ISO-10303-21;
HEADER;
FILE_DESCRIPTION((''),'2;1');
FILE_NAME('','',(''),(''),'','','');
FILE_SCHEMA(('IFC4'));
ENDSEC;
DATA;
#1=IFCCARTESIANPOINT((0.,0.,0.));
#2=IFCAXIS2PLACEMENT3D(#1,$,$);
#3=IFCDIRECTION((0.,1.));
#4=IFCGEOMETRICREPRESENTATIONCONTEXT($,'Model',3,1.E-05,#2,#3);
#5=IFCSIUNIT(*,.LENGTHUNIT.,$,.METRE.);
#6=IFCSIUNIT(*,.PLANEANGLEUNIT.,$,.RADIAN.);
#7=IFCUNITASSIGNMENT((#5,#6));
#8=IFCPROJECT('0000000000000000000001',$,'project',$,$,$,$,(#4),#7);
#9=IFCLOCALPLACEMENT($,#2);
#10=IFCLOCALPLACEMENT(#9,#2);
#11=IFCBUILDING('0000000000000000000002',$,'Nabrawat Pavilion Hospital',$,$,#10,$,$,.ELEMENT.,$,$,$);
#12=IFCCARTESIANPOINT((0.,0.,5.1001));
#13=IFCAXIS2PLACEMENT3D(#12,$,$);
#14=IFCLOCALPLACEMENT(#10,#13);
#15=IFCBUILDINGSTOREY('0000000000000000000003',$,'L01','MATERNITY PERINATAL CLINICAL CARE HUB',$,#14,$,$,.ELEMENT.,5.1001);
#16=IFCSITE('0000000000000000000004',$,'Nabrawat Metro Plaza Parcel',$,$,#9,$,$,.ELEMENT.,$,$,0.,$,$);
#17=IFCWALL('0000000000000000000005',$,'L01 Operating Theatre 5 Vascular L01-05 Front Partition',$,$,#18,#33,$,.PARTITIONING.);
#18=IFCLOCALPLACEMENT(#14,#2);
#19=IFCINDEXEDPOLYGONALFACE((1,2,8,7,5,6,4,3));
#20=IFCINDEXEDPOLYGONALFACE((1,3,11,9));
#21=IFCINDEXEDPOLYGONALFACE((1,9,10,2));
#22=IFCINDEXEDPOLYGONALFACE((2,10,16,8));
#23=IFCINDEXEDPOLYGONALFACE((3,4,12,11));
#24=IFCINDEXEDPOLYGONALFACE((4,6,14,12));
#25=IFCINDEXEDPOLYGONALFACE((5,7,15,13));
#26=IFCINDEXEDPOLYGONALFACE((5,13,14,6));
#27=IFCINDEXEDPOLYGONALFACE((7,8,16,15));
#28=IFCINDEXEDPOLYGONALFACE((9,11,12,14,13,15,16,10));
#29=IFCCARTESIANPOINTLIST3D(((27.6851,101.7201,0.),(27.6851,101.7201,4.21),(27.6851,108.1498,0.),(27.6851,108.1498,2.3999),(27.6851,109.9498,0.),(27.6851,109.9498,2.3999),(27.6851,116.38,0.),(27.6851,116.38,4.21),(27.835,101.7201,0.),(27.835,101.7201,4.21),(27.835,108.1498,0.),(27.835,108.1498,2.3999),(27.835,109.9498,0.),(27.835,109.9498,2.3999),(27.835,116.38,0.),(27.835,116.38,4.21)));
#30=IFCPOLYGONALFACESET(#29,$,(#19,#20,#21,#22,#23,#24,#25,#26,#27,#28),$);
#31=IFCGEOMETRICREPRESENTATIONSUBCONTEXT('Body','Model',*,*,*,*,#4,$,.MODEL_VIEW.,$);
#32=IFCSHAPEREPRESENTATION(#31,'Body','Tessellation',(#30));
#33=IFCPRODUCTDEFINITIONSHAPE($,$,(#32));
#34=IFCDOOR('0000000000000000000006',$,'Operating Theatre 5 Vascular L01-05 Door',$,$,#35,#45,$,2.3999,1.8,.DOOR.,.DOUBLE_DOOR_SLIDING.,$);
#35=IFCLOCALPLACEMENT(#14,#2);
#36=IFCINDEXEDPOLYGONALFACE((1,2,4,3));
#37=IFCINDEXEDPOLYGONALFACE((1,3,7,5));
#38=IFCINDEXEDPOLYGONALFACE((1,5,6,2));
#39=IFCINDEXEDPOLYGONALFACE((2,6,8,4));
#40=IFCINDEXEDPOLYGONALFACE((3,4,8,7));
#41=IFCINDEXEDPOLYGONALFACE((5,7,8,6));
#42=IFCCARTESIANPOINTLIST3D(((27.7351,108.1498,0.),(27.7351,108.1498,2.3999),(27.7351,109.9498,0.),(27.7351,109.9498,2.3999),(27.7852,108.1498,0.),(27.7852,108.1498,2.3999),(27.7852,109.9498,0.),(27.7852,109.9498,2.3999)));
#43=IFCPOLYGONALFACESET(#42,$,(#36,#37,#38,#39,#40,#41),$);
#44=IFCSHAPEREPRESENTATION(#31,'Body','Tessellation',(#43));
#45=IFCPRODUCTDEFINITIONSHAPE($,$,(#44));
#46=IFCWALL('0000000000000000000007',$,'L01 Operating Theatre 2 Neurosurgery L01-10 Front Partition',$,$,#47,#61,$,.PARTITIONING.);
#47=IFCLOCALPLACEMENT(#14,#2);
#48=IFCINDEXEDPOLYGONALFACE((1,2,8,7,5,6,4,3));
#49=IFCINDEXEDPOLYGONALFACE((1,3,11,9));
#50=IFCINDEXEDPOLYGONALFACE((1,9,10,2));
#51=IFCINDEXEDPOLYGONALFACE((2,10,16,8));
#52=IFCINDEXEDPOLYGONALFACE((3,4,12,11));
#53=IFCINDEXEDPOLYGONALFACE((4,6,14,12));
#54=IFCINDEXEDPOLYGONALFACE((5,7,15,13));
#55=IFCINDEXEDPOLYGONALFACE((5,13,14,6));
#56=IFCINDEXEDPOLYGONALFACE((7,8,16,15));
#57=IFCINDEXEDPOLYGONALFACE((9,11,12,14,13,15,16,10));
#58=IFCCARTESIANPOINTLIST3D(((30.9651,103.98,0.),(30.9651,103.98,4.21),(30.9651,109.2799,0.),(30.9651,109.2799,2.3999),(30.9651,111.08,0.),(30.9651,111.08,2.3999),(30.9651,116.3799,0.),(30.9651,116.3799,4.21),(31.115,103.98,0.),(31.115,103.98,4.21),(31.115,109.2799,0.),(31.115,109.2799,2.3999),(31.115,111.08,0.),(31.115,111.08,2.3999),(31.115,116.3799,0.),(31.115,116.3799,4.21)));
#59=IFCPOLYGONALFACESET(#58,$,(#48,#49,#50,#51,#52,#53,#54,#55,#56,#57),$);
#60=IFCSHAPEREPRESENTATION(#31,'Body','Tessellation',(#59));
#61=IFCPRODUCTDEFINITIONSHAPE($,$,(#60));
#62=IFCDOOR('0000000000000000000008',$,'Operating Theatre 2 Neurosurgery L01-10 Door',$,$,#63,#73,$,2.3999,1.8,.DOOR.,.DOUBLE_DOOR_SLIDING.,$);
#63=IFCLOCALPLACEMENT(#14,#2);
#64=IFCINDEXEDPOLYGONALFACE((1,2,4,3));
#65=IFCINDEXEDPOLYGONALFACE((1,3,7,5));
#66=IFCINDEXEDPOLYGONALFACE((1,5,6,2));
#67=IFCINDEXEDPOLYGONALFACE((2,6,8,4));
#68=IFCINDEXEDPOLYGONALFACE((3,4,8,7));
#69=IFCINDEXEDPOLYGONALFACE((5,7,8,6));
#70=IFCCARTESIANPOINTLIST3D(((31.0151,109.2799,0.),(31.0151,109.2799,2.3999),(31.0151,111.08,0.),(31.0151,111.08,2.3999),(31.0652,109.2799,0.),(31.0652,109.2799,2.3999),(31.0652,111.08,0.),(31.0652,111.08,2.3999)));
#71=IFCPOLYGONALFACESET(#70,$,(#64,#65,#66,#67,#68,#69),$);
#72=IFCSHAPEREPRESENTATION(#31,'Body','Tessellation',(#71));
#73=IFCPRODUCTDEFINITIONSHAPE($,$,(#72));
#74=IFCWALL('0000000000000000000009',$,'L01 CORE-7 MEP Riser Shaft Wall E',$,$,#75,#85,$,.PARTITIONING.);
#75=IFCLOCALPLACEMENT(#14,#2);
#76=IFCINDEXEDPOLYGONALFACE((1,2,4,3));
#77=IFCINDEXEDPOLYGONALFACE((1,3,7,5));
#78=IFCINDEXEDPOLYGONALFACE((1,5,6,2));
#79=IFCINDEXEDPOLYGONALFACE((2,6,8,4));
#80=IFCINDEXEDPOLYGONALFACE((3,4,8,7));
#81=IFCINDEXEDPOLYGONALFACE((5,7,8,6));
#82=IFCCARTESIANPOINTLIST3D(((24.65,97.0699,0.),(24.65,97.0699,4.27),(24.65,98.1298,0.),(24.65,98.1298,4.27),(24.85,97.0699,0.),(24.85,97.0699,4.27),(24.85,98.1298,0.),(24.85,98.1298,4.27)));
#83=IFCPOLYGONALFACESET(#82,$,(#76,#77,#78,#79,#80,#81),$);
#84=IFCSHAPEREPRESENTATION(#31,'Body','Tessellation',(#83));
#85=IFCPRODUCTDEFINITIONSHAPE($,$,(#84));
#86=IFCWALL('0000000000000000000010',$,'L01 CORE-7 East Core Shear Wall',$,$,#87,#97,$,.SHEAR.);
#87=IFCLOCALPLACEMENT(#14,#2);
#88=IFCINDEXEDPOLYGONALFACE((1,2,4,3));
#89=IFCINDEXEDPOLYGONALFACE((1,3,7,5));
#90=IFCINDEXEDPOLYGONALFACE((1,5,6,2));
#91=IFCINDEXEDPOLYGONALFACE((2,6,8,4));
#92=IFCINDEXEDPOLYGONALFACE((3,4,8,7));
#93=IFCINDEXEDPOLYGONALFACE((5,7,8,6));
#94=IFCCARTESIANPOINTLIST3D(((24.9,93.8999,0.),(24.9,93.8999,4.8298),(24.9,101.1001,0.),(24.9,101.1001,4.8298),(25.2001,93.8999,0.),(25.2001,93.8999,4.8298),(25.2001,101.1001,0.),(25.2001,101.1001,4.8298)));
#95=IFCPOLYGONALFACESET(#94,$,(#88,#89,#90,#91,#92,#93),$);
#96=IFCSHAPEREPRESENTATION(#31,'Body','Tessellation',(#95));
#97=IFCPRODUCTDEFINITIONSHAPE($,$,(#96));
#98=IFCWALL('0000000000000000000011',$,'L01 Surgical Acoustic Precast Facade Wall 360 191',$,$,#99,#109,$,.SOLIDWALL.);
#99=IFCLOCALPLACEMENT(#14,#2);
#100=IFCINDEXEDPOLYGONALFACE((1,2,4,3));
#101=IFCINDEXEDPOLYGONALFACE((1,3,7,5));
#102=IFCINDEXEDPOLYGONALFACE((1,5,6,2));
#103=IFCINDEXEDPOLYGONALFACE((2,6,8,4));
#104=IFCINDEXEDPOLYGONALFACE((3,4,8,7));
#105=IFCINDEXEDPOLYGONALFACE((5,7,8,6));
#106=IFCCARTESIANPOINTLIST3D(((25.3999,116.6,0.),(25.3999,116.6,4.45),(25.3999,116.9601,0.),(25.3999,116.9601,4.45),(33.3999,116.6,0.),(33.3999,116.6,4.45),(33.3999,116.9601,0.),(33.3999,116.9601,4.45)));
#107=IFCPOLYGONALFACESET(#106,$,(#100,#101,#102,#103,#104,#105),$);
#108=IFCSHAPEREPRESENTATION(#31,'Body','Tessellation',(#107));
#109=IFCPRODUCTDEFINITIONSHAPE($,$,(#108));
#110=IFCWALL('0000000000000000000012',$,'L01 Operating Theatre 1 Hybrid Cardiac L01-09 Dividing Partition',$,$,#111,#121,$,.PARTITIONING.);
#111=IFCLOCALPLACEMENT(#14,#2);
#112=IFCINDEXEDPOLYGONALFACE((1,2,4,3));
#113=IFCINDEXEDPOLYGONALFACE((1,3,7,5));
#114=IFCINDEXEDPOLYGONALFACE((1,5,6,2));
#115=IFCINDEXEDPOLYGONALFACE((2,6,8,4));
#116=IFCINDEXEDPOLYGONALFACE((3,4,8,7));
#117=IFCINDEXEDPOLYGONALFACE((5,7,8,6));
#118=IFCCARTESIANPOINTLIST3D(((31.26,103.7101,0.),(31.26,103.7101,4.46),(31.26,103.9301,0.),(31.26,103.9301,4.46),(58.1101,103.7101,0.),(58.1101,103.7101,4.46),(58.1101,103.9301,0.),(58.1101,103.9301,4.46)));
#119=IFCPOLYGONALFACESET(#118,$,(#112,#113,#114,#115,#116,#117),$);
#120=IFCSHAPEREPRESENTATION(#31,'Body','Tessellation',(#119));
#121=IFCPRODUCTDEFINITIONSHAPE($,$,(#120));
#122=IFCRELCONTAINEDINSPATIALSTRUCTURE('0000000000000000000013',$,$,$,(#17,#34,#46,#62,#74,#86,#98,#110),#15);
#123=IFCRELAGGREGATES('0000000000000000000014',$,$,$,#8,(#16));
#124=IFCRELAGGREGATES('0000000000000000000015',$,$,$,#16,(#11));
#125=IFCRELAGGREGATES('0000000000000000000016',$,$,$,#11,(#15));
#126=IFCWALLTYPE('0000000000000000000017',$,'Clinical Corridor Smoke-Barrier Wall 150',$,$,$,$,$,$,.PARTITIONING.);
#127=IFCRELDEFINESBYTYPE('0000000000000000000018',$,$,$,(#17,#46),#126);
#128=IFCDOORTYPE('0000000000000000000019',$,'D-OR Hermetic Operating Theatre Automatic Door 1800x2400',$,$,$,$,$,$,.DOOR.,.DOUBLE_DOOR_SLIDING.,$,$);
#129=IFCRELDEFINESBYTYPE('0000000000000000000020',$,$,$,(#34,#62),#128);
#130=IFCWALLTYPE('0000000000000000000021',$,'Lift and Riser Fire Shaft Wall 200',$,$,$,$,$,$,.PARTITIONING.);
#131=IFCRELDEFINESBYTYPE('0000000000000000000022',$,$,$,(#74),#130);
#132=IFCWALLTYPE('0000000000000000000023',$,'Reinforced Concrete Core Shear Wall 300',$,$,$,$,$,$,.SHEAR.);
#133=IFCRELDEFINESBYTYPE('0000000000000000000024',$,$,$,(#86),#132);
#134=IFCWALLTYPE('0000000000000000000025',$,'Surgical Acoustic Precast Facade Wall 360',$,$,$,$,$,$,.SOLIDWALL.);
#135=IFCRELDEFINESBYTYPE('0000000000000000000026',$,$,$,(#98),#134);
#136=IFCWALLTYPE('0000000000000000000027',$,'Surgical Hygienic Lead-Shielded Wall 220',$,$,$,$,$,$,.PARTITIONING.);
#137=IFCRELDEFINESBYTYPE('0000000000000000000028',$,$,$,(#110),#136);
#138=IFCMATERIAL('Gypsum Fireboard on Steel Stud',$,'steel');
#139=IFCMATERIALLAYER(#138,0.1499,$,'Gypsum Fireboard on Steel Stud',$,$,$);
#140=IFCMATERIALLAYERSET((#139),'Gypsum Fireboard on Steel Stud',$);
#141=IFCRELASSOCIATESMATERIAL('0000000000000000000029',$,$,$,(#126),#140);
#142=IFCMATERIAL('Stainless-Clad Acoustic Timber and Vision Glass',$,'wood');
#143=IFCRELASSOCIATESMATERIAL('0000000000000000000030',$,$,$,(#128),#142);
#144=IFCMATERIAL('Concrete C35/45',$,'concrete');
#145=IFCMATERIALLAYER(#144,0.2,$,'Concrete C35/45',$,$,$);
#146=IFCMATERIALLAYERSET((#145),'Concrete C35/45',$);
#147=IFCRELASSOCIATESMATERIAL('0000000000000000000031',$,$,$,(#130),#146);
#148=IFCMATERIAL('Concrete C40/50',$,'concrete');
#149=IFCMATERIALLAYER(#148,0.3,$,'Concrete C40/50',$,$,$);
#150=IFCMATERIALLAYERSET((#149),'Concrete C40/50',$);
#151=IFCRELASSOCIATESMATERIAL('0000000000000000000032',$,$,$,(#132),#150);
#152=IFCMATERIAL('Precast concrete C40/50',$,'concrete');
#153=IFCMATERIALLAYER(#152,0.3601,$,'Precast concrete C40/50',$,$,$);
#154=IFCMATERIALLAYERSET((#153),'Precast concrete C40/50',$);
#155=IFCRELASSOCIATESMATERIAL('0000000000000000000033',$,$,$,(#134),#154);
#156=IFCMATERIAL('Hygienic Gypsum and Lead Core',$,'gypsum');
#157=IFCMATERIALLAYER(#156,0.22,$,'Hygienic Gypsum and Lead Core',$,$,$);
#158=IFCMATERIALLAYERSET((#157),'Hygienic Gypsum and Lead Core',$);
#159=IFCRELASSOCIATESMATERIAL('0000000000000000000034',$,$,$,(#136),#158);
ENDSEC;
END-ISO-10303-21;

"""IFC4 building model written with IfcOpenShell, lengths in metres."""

from ifc_helpers import new_model, si_unit, direction, frame, frame_2d, origin, place, context, subcontext, project, spatial, rectangle, extrude, material, layer, layer_set, type_object, element, fill, save


model = new_model("IFC4")

# Units and contexts
model_context = context("Model", 3, precision=1e-05, world=origin(), true_north=direction((0.0, 1.0)))
body_context = subcontext(model_context, "Body", "Model", "MODEL_VIEW")
ifc_project = project(units=[si_unit("LENGTHUNIT", "METRE"), si_unit("PLANEANGLEUNIT", "RADIAN")], contexts=[model_context])

# Site, building, storey
site_placement = place(None, origin())
site = spatial("IfcSite", under=ifc_project, at=site_placement, Name="Nabrawat Metro Plaza Parcel", CompositionType="ELEMENT", RefElevation=0.0)
building_placement = place(site_placement, origin())
building = spatial("IfcBuilding", under=site, at=building_placement, Name="Nabrawat Pavilion Hospital", CompositionType="ELEMENT")
storey_placement = place(building_placement, frame((0.0, 0.0, 5.1001)))
storey = spatial("IfcBuildingStorey", under=building, at=storey_placement, Name="L01", Description="MATERNITY PERINATAL CLINICAL CARE HUB", CompositionType="ELEMENT", Elevation=5.1001)

# Walls, openings, doors
ifc_material_1 = material(Name="Gypsum Fireboard on Steel Stud", Category="steel")
ifc_layer_1 = layer(ifc_material_1, 0.1499, Name="Gypsum Fireboard on Steel Stud")
ifc_layer_set_1 = layer_set([ifc_layer_1], Name="Gypsum Fireboard on Steel Stud")
wall_type_1 = type_object("IfcWallType", Name="Clinical Corridor Smoke-Barrier Wall 150", PredefinedType="PARTITIONING", material=ifc_layer_set_1)
wall_1_placement = place(storey_placement, frame((27.76, 101.72, 0.0), z_axis=(0.0, 0.0, 1.0), x_axis=(0.0, 1.0, 0.0)))
wall_1 = element("IfcWall", 1, at=wall_1_placement, inside=storey, type_object=wall_type_1, Name="L01 Operating Theatre 5 Vascular L01-05 Front Partition", PredefinedType="PARTITIONING", context=body_context, shape_type="SweptSolid", body=[
    extrude(rectangle(XDim=14.6599, YDim=0.1499, at=frame_2d((7.3301, 0.0))), origin(), (0.0, 0.0, 1.0), 4.21),
])
opening_1_placement = place(wall_1_placement, frame((6.4299, 0.0, 0.0)))
opening_1 = element("IfcOpeningElement", 2, at=opening_1_placement, cuts=wall_1, PredefinedType="OPENING", context=body_context, shape_type="SweptSolid", body=[
    extrude(rectangle(XDim=1.8, YDim=2.3999, at=frame_2d((0.8999, 1.2))), frame((0.0, 0.085, 0.0), z_axis=(0.0, -1.0, 0.0), x_axis=(1.0, 0.0, 0.0)), (0.0, 0.0, 1.0), 0.1699),
])
ifc_material_2 = material(Name="Stainless-Clad Acoustic Timber and Vision Glass", Category="wood")
door_type = type_object("IfcDoorType", Name="D-OR Hermetic Operating Theatre Automatic Door 1800x2400", OperationType="DOUBLE_DOOR_SLIDING", PredefinedType="DOOR", material=ifc_material_2)
door_1_placement = place(opening_1_placement, origin())
door_1 = element("IfcDoor", 3, at=door_1_placement, inside=storey, type_object=door_type, Name="Operating Theatre 5 Vascular L01-05 Door", OperationType="DOUBLE_DOOR_SLIDING", OverallHeight=2.3999, OverallWidth=1.8, PredefinedType="DOOR", context=body_context, shape_type="SweptSolid", body=[
    extrude(rectangle(XDim=1.8, YDim=2.3999, at=frame_2d((0.8999, 1.2))), frame((0.0, 0.0249, 0.0), z_axis=(0.0, -1.0, 0.0), x_axis=(1.0, 0.0, 0.0)), (0.0, 0.0, 1.0), 0.05),
])
fill(opening_1, door_1)
wall_2_placement = place(storey_placement, frame((31.04, 103.98, 0.0), z_axis=(0.0, 0.0, 1.0), x_axis=(0.0, 1.0, 0.0)))
wall_2 = element("IfcWall", 4, at=wall_2_placement, inside=storey, type_object=wall_type_1, Name="L01 Operating Theatre 2 Neurosurgery L01-10 Front Partition", PredefinedType="PARTITIONING", context=body_context, shape_type="SweptSolid", body=[
    extrude(rectangle(XDim=12.3999, YDim=0.1499, at=frame_2d((6.2, 0.0))), origin(), (0.0, 0.0, 1.0), 4.21),
])
opening_2_placement = place(wall_2_placement, frame((5.3, 0.0, 0.0)))
opening_2 = element("IfcOpeningElement", 5, at=opening_2_placement, cuts=wall_2, PredefinedType="OPENING", context=body_context, shape_type="SweptSolid", body=[
    extrude(rectangle(XDim=1.8, YDim=2.3999, at=frame_2d((0.8999, 1.2))), frame((0.0, 0.085, 0.0), z_axis=(0.0, -1.0, 0.0), x_axis=(1.0, 0.0, 0.0)), (0.0, 0.0, 1.0), 0.1699),
])
door_2_placement = place(opening_2_placement, origin())
door_2 = element("IfcDoor", 6, at=door_2_placement, inside=storey, type_object=door_type, Name="Operating Theatre 2 Neurosurgery L01-10 Door", OperationType="DOUBLE_DOOR_SLIDING", OverallHeight=2.3999, OverallWidth=1.8, PredefinedType="DOOR", context=body_context, shape_type="SweptSolid", body=[
    extrude(rectangle(XDim=1.8, YDim=2.3999, at=frame_2d((0.8999, 1.2))), frame((0.0, 0.0249, 0.0), z_axis=(0.0, -1.0, 0.0), x_axis=(1.0, 0.0, 0.0)), (0.0, 0.0, 1.0), 0.05),
])
fill(opening_2, door_2)

# Walls
ifc_material_3 = material(Name="Concrete C35/45", Category="concrete")
ifc_layer_2 = layer(ifc_material_3, 0.2, Name="Concrete C35/45")
ifc_layer_set_2 = layer_set([ifc_layer_2], Name="Concrete C35/45")
wall_type_2 = type_object("IfcWallType", Name="Lift and Riser Fire Shaft Wall 200", PredefinedType="PARTITIONING", material=ifc_layer_set_2)
wall_3_placement = place(storey_placement, frame((24.75, 97.0701, 0.0), z_axis=(0.0, 0.0, 1.0), x_axis=(0.0, 1.0, 0.0)))
element("IfcWall", 7, at=wall_3_placement, inside=storey, type_object=wall_type_2, Name="L01 CORE-7 MEP Riser Shaft Wall E", PredefinedType="PARTITIONING", context=body_context, shape_type="SweptSolid", body=[
    extrude(rectangle(XDim=1.0598, YDim=0.2, at=frame_2d((0.5298, 0.0))), origin(), (0.0, 0.0, 1.0), 4.27),
])
ifc_material_4 = material(Name="Concrete C40/50", Category="concrete")
ifc_layer_3 = layer(ifc_material_4, 0.3, Name="Concrete C40/50")
ifc_layer_set_3 = layer_set([ifc_layer_3], Name="Concrete C40/50")
wall_type_3 = type_object("IfcWallType", Name="Reinforced Concrete Core Shear Wall 300", PredefinedType="SHEAR", material=ifc_layer_set_3)
wall_4_placement = place(storey_placement, frame((25.05, 93.8999, 0.0), z_axis=(0.0, 0.0, 1.0), x_axis=(0.0, 1.0, 0.0)))
element("IfcWall", 8, at=wall_4_placement, inside=storey, type_object=wall_type_3, Name="L01 CORE-7 East Core Shear Wall", PredefinedType="SHEAR", context=body_context, shape_type="SweptSolid", body=[
    extrude(rectangle(XDim=7.2002, YDim=0.3, at=frame_2d((3.6001, 0.0))), origin(), (0.0, 0.0, 1.0), 4.8298),
])
ifc_material_5 = material(Name="Precast concrete C40/50", Category="concrete")
ifc_layer_4 = layer(ifc_material_5, 0.3601, Name="Precast concrete C40/50")
ifc_layer_set_4 = layer_set([ifc_layer_4], Name="Precast concrete C40/50")
wall_type_4 = type_object("IfcWallType", Name="Surgical Acoustic Precast Facade Wall 360", PredefinedType="SOLIDWALL", material=ifc_layer_set_4)
wall_5_placement = place(storey_placement, frame((25.3999, 116.78, 0.0), z_axis=(0.0, 0.0, 1.0), x_axis=(1.0, 0.0, 0.0)))
element("IfcWall", 9, at=wall_5_placement, inside=storey, type_object=wall_type_4, Name="L01 Surgical Acoustic Precast Facade Wall 360 191", PredefinedType="SOLIDWALL", context=body_context, shape_type="SweptSolid", body=[
    extrude(rectangle(XDim=8.0, YDim=0.3601, at=frame_2d((4.0, 0.0))), origin(), (0.0, 0.0, 1.0), 4.45),
])
ifc_material_6 = material(Name="Hygienic Gypsum and Lead Core", Category="gypsum")
ifc_layer_5 = layer(ifc_material_6, 0.22, Name="Hygienic Gypsum and Lead Core")
ifc_layer_set_5 = layer_set([ifc_layer_5], Name="Hygienic Gypsum and Lead Core")
wall_type_5 = type_object("IfcWallType", Name="Surgical Hygienic Lead-Shielded Wall 220", PredefinedType="PARTITIONING", material=ifc_layer_set_5)
wall_6_placement = place(storey_placement, frame((31.26, 103.8201, 0.0), z_axis=(0.0, 0.0, 1.0), x_axis=(1.0, 0.0, 0.0)))
element("IfcWall", 10, at=wall_6_placement, inside=storey, type_object=wall_type_5, Name="L01 Operating Theatre 1 Hybrid Cardiac L01-09 Dividing Partition", PredefinedType="PARTITIONING", context=body_context, shape_type="SweptSolid", body=[
    extrude(rectangle(XDim=26.8501, YDim=0.22, at=frame_2d((13.425, 0.0))), origin(), (0.0, 0.0, 1.0), 4.46),
])

save(model, "model.ifc")
